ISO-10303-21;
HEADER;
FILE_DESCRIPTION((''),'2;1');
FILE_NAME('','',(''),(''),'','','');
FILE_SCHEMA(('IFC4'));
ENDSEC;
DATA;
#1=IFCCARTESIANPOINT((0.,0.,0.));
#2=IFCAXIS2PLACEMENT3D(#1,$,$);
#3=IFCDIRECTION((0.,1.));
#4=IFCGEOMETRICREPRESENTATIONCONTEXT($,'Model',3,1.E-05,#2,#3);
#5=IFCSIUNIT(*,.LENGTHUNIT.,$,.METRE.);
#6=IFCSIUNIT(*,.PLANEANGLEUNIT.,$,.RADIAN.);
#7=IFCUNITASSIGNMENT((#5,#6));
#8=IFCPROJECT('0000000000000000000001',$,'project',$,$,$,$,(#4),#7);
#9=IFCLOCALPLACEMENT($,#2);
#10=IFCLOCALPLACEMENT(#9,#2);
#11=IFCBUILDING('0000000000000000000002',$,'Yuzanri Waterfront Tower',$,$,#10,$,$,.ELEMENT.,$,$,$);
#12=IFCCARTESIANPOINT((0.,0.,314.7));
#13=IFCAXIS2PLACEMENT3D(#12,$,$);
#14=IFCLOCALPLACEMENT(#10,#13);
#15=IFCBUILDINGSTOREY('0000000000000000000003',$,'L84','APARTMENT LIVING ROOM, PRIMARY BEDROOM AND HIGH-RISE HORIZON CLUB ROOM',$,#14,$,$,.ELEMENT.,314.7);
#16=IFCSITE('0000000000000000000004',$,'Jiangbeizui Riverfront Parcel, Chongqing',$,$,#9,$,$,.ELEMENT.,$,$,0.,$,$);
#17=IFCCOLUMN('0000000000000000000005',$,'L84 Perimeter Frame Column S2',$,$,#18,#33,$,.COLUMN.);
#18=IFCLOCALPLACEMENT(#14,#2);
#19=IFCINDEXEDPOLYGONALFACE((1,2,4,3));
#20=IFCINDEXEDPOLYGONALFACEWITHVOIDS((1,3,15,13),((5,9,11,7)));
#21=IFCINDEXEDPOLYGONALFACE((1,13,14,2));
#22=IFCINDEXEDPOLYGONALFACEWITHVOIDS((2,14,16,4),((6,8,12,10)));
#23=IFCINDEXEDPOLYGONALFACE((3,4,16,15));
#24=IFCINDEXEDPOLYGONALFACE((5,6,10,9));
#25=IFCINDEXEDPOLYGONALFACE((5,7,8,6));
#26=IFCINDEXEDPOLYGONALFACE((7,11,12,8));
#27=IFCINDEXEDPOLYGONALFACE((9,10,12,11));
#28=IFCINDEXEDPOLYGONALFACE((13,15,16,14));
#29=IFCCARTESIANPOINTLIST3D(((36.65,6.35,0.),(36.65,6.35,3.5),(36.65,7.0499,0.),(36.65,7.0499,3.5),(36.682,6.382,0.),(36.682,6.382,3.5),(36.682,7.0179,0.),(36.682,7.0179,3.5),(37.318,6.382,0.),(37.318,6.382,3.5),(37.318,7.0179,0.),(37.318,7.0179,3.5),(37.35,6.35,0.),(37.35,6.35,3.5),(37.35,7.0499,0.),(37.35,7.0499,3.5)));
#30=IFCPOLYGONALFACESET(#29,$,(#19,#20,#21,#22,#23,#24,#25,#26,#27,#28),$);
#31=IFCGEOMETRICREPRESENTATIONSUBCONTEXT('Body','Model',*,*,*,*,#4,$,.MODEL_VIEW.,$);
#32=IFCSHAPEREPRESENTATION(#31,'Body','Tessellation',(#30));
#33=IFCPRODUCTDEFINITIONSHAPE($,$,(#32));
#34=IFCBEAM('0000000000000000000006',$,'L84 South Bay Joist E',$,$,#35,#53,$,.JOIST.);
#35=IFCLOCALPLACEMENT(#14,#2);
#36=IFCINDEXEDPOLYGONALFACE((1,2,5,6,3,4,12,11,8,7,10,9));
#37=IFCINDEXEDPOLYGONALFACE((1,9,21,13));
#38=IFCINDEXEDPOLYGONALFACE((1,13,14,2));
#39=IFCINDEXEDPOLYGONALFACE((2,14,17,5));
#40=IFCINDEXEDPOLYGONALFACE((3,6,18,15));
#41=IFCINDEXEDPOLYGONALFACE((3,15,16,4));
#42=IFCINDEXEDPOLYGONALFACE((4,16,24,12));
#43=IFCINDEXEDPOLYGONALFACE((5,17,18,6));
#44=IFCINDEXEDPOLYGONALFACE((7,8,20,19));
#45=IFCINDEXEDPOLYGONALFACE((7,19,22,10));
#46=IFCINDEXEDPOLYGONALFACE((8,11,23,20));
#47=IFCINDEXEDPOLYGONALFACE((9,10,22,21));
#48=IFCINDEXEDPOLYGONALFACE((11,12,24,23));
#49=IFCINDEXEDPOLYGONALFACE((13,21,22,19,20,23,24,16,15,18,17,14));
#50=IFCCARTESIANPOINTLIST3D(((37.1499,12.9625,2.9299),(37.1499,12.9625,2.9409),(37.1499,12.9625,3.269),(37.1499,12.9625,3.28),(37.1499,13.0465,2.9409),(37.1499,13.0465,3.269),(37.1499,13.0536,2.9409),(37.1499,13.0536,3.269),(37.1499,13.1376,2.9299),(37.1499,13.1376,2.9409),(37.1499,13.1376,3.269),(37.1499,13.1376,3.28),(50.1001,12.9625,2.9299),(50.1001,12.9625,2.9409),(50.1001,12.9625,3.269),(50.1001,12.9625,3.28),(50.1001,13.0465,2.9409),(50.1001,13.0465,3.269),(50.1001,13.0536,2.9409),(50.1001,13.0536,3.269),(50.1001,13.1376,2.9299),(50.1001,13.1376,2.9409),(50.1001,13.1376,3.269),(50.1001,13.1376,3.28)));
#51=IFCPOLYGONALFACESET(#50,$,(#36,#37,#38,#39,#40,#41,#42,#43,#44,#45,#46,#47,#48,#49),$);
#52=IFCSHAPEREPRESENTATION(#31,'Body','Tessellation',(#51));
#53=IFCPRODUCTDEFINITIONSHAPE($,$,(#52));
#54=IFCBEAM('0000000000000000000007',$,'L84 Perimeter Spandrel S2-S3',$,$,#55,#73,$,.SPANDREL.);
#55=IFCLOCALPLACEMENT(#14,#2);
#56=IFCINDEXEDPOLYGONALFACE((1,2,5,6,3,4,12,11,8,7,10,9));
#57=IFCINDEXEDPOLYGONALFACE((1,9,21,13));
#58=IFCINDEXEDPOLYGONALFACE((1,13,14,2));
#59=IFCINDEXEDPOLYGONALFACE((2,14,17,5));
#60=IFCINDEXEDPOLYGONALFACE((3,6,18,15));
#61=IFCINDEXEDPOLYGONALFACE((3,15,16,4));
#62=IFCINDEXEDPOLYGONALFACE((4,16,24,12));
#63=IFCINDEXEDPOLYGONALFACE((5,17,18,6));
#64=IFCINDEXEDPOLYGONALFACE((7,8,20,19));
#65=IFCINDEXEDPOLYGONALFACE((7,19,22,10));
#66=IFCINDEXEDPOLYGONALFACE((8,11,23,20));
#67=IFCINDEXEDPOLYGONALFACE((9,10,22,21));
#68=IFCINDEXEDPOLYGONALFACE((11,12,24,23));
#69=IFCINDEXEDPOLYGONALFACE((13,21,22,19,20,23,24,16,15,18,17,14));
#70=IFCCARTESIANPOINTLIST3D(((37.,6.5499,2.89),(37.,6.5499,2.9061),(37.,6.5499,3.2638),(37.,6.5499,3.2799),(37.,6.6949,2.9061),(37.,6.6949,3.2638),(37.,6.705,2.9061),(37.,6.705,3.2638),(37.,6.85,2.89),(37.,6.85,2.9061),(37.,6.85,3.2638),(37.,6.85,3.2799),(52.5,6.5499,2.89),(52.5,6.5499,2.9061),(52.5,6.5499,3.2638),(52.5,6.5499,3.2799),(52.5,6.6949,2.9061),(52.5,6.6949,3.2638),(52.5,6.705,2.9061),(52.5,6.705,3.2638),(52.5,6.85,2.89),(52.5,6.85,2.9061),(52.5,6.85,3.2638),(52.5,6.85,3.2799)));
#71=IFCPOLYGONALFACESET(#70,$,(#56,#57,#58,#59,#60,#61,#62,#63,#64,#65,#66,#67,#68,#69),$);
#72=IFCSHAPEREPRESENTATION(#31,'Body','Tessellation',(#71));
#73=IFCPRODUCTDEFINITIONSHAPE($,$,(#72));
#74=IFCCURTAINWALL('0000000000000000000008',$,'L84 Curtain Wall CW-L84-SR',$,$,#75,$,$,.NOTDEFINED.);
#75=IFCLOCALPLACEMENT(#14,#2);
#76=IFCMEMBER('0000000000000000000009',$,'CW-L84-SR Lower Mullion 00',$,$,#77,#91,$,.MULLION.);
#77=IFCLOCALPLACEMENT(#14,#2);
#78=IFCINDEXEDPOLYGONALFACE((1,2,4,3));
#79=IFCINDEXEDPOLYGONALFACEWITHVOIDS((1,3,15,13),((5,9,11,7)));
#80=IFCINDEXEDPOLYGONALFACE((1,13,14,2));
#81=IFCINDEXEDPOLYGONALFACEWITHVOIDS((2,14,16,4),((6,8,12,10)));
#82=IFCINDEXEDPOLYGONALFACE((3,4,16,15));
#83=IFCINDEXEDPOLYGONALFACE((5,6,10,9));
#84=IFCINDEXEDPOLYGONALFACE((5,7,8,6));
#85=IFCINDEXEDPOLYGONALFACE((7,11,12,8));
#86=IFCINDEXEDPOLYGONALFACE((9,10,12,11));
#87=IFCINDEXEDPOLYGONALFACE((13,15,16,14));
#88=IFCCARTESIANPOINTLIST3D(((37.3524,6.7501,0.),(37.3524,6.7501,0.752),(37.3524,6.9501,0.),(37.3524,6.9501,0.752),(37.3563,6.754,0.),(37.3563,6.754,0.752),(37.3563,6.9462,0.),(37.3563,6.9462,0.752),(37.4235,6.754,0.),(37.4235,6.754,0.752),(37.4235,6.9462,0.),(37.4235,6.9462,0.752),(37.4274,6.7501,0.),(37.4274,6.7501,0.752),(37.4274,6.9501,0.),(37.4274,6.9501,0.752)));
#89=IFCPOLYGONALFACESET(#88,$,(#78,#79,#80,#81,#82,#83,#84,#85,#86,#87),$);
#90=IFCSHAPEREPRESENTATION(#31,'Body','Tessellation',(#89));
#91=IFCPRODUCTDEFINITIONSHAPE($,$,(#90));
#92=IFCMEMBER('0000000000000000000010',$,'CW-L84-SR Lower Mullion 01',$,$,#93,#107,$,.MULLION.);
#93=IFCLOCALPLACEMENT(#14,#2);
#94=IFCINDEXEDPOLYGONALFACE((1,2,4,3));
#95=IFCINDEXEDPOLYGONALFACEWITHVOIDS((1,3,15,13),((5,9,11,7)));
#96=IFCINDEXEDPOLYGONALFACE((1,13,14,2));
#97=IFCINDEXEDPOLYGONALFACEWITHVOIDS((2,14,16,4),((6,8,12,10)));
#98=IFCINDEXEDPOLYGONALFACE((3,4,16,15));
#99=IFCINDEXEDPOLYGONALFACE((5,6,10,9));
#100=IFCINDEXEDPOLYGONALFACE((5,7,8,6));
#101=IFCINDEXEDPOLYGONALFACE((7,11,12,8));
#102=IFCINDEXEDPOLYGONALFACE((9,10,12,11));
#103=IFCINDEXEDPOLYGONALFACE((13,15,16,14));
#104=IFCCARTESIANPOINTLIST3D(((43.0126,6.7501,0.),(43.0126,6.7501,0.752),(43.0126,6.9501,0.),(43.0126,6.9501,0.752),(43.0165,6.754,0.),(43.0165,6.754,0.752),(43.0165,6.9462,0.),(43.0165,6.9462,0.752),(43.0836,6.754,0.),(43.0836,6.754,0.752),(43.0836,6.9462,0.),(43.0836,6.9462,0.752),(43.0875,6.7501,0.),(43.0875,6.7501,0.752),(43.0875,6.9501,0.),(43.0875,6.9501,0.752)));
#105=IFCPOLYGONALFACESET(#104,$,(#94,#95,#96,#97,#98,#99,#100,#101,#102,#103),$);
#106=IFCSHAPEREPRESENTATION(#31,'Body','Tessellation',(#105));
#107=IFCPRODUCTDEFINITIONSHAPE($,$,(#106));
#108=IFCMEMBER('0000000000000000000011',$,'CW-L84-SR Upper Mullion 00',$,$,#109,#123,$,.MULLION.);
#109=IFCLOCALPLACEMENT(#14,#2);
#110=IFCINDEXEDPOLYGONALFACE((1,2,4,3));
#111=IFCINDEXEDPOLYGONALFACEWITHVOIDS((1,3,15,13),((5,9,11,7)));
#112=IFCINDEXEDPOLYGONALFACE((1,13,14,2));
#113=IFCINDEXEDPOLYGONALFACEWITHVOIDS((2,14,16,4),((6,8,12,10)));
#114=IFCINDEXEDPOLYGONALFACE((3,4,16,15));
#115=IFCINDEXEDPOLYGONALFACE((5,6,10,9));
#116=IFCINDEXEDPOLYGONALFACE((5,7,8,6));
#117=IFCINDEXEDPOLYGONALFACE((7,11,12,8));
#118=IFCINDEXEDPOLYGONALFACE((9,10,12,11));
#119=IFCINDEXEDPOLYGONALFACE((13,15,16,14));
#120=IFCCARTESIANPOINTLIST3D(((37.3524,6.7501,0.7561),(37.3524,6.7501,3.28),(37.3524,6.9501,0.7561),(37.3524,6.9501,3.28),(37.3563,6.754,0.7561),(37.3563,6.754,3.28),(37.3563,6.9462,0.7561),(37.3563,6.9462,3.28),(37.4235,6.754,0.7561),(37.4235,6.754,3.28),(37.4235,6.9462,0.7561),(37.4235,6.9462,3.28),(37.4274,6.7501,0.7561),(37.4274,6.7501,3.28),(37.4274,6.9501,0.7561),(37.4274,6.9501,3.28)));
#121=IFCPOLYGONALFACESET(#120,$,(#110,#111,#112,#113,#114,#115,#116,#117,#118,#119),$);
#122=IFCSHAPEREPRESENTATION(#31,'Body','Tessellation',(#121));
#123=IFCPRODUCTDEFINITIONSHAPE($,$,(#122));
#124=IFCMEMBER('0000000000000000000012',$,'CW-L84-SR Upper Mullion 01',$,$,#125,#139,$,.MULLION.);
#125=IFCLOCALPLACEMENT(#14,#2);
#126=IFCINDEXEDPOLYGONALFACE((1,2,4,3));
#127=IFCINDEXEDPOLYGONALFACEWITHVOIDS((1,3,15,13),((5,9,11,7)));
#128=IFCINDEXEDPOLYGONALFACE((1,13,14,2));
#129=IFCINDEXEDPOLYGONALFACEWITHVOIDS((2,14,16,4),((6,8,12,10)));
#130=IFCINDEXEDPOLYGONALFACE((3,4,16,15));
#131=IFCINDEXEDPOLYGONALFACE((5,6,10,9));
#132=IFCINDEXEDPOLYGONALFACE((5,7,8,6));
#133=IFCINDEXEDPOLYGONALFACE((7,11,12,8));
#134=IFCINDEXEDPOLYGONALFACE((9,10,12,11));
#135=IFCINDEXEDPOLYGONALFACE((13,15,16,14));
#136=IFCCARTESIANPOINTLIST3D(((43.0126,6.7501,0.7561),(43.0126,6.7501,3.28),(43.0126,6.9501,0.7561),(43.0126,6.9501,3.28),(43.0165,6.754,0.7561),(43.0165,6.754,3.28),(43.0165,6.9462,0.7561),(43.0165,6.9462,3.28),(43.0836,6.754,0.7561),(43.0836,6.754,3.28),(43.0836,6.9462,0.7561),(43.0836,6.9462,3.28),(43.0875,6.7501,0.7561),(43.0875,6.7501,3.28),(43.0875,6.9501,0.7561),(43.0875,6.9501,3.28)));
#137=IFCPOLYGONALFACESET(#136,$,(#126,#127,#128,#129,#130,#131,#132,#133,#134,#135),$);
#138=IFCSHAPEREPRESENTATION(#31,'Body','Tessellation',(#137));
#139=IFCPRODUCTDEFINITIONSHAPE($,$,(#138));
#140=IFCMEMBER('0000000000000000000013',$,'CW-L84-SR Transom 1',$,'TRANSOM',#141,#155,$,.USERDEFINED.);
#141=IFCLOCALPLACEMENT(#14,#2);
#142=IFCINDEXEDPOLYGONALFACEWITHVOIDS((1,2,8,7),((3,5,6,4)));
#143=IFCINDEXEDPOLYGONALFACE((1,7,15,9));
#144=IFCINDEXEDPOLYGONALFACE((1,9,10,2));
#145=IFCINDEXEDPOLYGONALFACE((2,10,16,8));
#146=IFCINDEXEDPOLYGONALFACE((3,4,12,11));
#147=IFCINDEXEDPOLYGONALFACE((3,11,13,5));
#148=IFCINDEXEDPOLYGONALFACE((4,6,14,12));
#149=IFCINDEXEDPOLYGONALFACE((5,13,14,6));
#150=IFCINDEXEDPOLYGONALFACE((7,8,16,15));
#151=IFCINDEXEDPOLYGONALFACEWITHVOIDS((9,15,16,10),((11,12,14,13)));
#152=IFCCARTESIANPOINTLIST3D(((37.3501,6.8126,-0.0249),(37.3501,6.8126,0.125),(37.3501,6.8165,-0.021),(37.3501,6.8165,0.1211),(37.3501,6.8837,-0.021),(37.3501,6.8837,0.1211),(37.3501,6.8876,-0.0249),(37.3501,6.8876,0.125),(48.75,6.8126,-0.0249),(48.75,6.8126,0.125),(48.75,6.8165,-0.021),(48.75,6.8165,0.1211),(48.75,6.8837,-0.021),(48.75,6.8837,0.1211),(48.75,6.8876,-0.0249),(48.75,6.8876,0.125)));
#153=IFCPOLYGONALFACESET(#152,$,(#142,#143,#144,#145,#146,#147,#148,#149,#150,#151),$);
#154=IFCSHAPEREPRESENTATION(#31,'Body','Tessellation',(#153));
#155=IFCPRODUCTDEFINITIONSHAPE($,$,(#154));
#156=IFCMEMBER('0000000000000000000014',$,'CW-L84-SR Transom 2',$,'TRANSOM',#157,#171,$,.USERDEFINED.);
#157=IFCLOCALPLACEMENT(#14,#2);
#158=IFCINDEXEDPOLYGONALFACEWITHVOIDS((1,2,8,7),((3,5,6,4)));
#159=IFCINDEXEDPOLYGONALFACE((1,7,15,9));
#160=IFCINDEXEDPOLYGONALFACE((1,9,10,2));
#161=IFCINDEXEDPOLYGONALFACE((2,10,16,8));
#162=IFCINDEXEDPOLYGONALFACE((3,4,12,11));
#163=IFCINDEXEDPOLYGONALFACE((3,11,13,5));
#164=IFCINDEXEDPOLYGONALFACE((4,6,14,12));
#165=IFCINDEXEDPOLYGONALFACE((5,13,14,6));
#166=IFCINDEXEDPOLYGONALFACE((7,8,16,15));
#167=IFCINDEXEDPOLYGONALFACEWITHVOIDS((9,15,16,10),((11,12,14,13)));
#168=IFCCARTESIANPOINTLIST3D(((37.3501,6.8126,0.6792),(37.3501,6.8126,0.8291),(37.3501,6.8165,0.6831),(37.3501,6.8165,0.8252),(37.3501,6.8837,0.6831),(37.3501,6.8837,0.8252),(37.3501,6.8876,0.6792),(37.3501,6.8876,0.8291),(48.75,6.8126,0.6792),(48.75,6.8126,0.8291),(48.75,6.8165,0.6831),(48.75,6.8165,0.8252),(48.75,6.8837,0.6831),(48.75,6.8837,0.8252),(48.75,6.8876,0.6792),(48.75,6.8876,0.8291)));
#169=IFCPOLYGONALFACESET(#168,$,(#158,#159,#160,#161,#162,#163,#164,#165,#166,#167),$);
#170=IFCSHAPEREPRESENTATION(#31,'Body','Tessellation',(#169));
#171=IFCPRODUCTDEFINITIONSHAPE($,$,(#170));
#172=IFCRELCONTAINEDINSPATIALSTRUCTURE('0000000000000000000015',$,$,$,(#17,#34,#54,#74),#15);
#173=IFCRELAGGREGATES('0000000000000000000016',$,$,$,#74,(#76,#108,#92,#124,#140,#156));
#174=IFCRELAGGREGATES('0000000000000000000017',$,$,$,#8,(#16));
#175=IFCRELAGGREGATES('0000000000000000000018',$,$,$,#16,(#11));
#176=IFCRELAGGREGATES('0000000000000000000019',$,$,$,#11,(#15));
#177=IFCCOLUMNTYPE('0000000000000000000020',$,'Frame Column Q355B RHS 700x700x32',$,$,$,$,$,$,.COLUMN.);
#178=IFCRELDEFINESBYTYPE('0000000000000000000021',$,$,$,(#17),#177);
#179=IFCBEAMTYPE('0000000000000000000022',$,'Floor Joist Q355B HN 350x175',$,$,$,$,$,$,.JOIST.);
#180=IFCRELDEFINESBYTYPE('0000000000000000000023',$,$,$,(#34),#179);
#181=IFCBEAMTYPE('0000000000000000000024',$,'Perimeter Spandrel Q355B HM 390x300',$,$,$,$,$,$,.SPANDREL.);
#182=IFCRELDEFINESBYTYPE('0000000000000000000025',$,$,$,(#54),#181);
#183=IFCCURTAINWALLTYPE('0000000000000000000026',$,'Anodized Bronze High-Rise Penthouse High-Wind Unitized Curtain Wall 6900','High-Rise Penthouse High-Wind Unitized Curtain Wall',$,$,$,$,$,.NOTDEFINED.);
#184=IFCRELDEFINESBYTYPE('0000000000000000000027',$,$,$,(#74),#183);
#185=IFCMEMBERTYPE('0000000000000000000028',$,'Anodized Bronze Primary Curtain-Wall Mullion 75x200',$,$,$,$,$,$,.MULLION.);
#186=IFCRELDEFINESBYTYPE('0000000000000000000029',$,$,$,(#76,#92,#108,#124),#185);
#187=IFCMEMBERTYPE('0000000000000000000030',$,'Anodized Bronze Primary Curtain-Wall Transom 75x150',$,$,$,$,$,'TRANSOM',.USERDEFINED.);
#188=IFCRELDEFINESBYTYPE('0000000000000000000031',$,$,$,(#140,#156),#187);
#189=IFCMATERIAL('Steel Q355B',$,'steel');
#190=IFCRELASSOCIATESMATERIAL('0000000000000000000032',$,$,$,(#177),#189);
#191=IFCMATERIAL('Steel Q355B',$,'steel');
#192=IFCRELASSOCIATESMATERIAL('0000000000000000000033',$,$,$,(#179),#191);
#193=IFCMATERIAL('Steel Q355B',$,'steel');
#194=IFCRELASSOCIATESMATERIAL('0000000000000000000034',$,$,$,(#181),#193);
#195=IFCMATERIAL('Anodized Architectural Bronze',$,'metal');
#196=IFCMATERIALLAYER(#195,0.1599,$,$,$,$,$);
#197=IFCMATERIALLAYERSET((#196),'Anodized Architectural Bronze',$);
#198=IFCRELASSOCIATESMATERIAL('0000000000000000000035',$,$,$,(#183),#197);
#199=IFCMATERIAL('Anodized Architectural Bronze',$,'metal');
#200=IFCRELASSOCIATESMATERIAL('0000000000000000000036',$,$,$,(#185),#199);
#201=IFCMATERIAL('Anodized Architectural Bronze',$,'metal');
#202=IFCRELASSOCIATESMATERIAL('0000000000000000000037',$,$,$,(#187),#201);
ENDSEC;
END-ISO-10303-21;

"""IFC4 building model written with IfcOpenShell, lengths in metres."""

from ifc_helpers import new_model, si_unit, direction, frame, origin, origin_2d, place, context, subcontext, project, spatial, hollow_rectangle, i_section, extrude, source, transform, mapped, material, layer, layer_set, material_profile, profile_set, type_object, element, aggregate, save


model = new_model("IFC4")

# Units and contexts
model_context = context("Model", 3, precision=1e-05, world=origin(), true_north=direction((0.0, 1.0)))
body_context = subcontext(model_context, "Body", "Model", "MODEL_VIEW")
ifc_project = project(units=[si_unit("LENGTHUNIT", "METRE"), si_unit("PLANEANGLEUNIT", "RADIAN")], contexts=[model_context])

# Site, building, storey
site_placement = place(None, origin())
site = spatial("IfcSite", under=ifc_project, at=site_placement, Name="Jiangbeizui Riverfront Parcel, Chongqing", CompositionType="ELEMENT", RefElevation=0.0)
building_placement = place(site_placement, origin())
building = spatial("IfcBuilding", under=site, at=building_placement, Name="Yuzanri Waterfront Tower", CompositionType="ELEMENT")
storey_placement = place(building_placement, frame((0.0, 0.0, 314.7)))
storey = spatial("IfcBuildingStorey", under=building, at=storey_placement, Name="L84", Description="APARTMENT LIVING ROOM, PRIMARY BEDROOM AND HIGH-RISE HORIZON CLUB ROOM", CompositionType="ELEMENT", Elevation=314.7)

# Column
ifc_material_1 = material(Name="Steel Q355B", Category="steel")
ifc_material_profile_1 = material_profile(ifc_material_1, hollow_rectangle(XDim=0.7, YDim=0.7, WallThickness=0.032, at=origin_2d()), Name="RHS 700x700x32")
ifc_profile_set_1 = profile_set([ifc_material_profile_1], Name="Steel Q355B")
column_type = type_object("IfcColumnType", Name="Frame Column Q355B RHS 700x700x32", PredefinedType="COLUMN", material=ifc_profile_set_1)
shared_shape_1 = source(origin(), body_context, "Body", "SweptSolid", [
    extrude(hollow_rectangle(XDim=0.7, YDim=0.7, WallThickness=0.032, at=origin_2d()), origin(), (0.0, 0.0, 1.0), 3.5),
])
column_placement = place(storey_placement, frame((37.0, 6.7, 0.0), z_axis=(0.0, 0.0, 1.0), x_axis=(1.0, 0.0, 0.0)))
element("IfcColumn", 1, at=column_placement, inside=storey, type_object=column_type, Name="L84 Perimeter Frame Column S2", PredefinedType="COLUMN", context=body_context, shape_type="MappedRepresentation", body=[
    mapped(shared_shape_1, transform((0.0, 0.0, 0.0), scale=1.0)),
])

# Beams
ifc_material_2 = material(Name="Steel Q355B", Category="steel")
ifc_material_profile_2 = material_profile(ifc_material_2, i_section(OverallWidth=0.175, OverallDepth=0.3501, WebThickness=0.0071, FlangeThickness=0.011, at=origin_2d()), Name="HN 350x175x7x11")
ifc_profile_set_2 = profile_set([ifc_material_profile_2], Name="Steel Q355B")
beam_type_1 = type_object("IfcBeamType", Name="Floor Joist Q355B HN 350x175", PredefinedType="JOIST", material=ifc_profile_set_2)
shared_shape_2 = source(origin(), body_context, "Body", "SweptSolid", [
    extrude(i_section(OverallWidth=0.175, OverallDepth=0.3501, WebThickness=0.0071, FlangeThickness=0.011, at=origin_2d()), origin(), (0.0, 0.0, 1.0), 12.9502),
])
beam_1_placement = place(storey_placement, frame((37.1499, 13.05, 3.105), z_axis=(1.0, 0.0, 0.0), x_axis=(0.0, 1.0, 0.0)))
element("IfcBeam", 2, at=beam_1_placement, inside=storey, type_object=beam_type_1, Name="L84 South Bay Joist E", PredefinedType="JOIST", context=body_context, shape_type="MappedRepresentation", body=[
    mapped(shared_shape_2, transform((0.0, 0.0, 0.0), scale=1.0)),
])
ifc_material_3 = material(Name="Steel Q355B", Category="steel")
ifc_material_profile_3 = material_profile(ifc_material_3, i_section(OverallWidth=0.3, OverallDepth=0.3899, WebThickness=0.01, FlangeThickness=0.0161, at=origin_2d()), Name="HM 390x300x10x16")
ifc_profile_set_3 = profile_set([ifc_material_profile_3], Name="Steel Q355B")
beam_type_2 = type_object("IfcBeamType", Name="Perimeter Spandrel Q355B HM 390x300", PredefinedType="SPANDREL", material=ifc_profile_set_3)
shared_shape_3 = source(origin(), body_context, "Body", "SweptSolid", [
    extrude(i_section(OverallWidth=0.3, OverallDepth=0.3899, WebThickness=0.01, FlangeThickness=0.0161, at=origin_2d()), origin(), (0.0, 0.0, 1.0), 15.5),
])
beam_2_placement = place(storey_placement, frame((37.0, 6.7, 3.085), z_axis=(1.0, 0.0, 0.0), x_axis=(0.0, 1.0, 0.0)))
element("IfcBeam", 3, at=beam_2_placement, inside=storey, type_object=beam_type_2, Name="L84 Perimeter Spandrel S2-S3", PredefinedType="SPANDREL", context=body_context, shape_type="MappedRepresentation", body=[
    mapped(shared_shape_3, transform((0.0, 0.0, 0.0), scale=1.0)),
])

# Curtain wall, members
ifc_material_4 = material(Name="Anodized Architectural Bronze", Category="metal")
ifc_layer_1 = layer(ifc_material_4, 0.1599)
ifc_layer_set_1 = layer_set([ifc_layer_1], Name="Anodized Architectural Bronze")
curtain_wall_type = type_object("IfcCurtainWallType", Name="Anodized Bronze High-Rise Penthouse High-Wind Unitized Curtain Wall 6900", Description="High-Rise Penthouse High-Wind Unitized Curtain Wall", PredefinedType="NOTDEFINED", material=ifc_layer_set_1)
curtain_wall_placement = place(storey_placement, origin())
curtain_wall = element("IfcCurtainWall", 4, at=curtain_wall_placement, inside=storey, type_object=curtain_wall_type, Name="L84 Curtain Wall CW-L84-SR", PredefinedType="NOTDEFINED")
ifc_material_5 = material(Name="Anodized Architectural Bronze", Category="metal")
ifc_material_profile_4 = material_profile(ifc_material_5, hollow_rectangle(XDim=0.075, YDim=0.2, WallThickness=0.0039, at=origin_2d()), Name="CWM 75x200")
ifc_profile_set_4 = profile_set([ifc_material_profile_4], Name="Anodized Architectural Bronze")
member_type_1 = type_object("IfcMemberType", Name="Anodized Bronze Primary Curtain-Wall Mullion 75x200", PredefinedType="MULLION", material=ifc_profile_set_4)
shared_shape_4 = source(origin(), body_context, "Body", "SweptSolid", [
    extrude(hollow_rectangle(XDim=0.075, YDim=0.2, WallThickness=0.0039, at=origin_2d()), origin(), (0.0, 0.0, 1.0), 0.752),
])
member_1_placement = place(storey_placement, frame((37.3899, 6.8501, 0.0), z_axis=(0.0, 0.0, 1.0), x_axis=(1.0, 0.0, 0.0)))
member_1 = element("IfcMember", 5, at=member_1_placement, type_object=member_type_1, Name="CW-L84-SR Lower Mullion 00", PredefinedType="MULLION", context=body_context, shape_type="MappedRepresentation", body=[
    mapped(shared_shape_4, transform((0.0, 0.0, 0.0), scale=1.0)),
])
member_2_placement = place(storey_placement, frame((43.05, 6.8501, 0.0), z_axis=(0.0, 0.0, 1.0), x_axis=(1.0, 0.0, 0.0)))
member_2 = element("IfcMember", 6, at=member_2_placement, type_object=member_type_1, Name="CW-L84-SR Lower Mullion 01", PredefinedType="MULLION", context=body_context, shape_type="MappedRepresentation", body=[
    mapped(shared_shape_4, transform((0.0, 0.0, 0.0), scale=1.0)),
])
shared_shape_5 = source(origin(), body_context, "Body", "SweptSolid", [
    extrude(hollow_rectangle(XDim=0.075, YDim=0.2, WallThickness=0.0039, at=origin_2d()), origin(), (0.0, 0.0, 1.0), 2.5239),
])
member_3_placement = place(storey_placement, frame((37.3899, 6.8501, 0.7561), z_axis=(0.0, 0.0, 1.0), x_axis=(1.0, 0.0, 0.0)))
member_3 = element("IfcMember", 7, at=member_3_placement, type_object=member_type_1, Name="CW-L84-SR Upper Mullion 00", PredefinedType="MULLION", context=body_context, shape_type="MappedRepresentation", body=[
    mapped(shared_shape_5, transform((0.0, 0.0, 0.0), scale=1.0)),
])
member_4_placement = place(storey_placement, frame((43.05, 6.8501, 0.7561), z_axis=(0.0, 0.0, 1.0), x_axis=(1.0, 0.0, 0.0)))
member_4 = element("IfcMember", 8, at=member_4_placement, type_object=member_type_1, Name="CW-L84-SR Upper Mullion 01", PredefinedType="MULLION", context=body_context, shape_type="MappedRepresentation", body=[
    mapped(shared_shape_5, transform((0.0, 0.0, 0.0), scale=1.0)),
])
ifc_material_6 = material(Name="Anodized Architectural Bronze", Category="metal")
ifc_material_profile_5 = material_profile(ifc_material_6, hollow_rectangle(XDim=0.075, YDim=0.1499, WallThickness=0.0039, at=origin_2d()), Name="CWT 75x150")
ifc_profile_set_5 = profile_set([ifc_material_profile_5], Name="Anodized Architectural Bronze")
member_type_2 = type_object("IfcMemberType", Name="Anodized Bronze Primary Curtain-Wall Transom 75x150", ElementType="TRANSOM", PredefinedType="USERDEFINED", material=ifc_profile_set_5)
shared_shape_6 = source(origin(), body_context, "Body", "SweptSolid", [
    extrude(hollow_rectangle(XDim=0.075, YDim=0.1499, WallThickness=0.0039, at=origin_2d()), origin(), (0.0, 0.0, 1.0), 11.3999),
])
member_5_placement = place(storey_placement, frame((37.3501, 6.8501, 0.05), z_axis=(1.0, 0.0, 0.0), x_axis=(0.0, 1.0, 0.0)))
member_5 = element("IfcMember", 9, at=member_5_placement, type_object=member_type_2, Name="CW-L84-SR Transom 1", ObjectType="TRANSOM", PredefinedType="USERDEFINED", context=body_context, shape_type="MappedRepresentation", body=[
    mapped(shared_shape_6, transform((0.0, 0.0, 0.0), scale=1.0)),
])
member_6_placement = place(storey_placement, frame((37.3501, 6.8501, 0.7542), z_axis=(1.0, 0.0, 0.0), x_axis=(0.0, 1.0, 0.0)))
member_6 = element("IfcMember", 10, at=member_6_placement, type_object=member_type_2, Name="CW-L84-SR Transom 2", ObjectType="TRANSOM", PredefinedType="USERDEFINED", context=body_context, shape_type="MappedRepresentation", body=[
    mapped(shared_shape_6, transform((0.0, 0.0, 0.0), scale=1.0)),
])
aggregate(curtain_wall, [member_1, member_3, member_2, member_4, member_5, member_6])

save(model, "model.ifc")
